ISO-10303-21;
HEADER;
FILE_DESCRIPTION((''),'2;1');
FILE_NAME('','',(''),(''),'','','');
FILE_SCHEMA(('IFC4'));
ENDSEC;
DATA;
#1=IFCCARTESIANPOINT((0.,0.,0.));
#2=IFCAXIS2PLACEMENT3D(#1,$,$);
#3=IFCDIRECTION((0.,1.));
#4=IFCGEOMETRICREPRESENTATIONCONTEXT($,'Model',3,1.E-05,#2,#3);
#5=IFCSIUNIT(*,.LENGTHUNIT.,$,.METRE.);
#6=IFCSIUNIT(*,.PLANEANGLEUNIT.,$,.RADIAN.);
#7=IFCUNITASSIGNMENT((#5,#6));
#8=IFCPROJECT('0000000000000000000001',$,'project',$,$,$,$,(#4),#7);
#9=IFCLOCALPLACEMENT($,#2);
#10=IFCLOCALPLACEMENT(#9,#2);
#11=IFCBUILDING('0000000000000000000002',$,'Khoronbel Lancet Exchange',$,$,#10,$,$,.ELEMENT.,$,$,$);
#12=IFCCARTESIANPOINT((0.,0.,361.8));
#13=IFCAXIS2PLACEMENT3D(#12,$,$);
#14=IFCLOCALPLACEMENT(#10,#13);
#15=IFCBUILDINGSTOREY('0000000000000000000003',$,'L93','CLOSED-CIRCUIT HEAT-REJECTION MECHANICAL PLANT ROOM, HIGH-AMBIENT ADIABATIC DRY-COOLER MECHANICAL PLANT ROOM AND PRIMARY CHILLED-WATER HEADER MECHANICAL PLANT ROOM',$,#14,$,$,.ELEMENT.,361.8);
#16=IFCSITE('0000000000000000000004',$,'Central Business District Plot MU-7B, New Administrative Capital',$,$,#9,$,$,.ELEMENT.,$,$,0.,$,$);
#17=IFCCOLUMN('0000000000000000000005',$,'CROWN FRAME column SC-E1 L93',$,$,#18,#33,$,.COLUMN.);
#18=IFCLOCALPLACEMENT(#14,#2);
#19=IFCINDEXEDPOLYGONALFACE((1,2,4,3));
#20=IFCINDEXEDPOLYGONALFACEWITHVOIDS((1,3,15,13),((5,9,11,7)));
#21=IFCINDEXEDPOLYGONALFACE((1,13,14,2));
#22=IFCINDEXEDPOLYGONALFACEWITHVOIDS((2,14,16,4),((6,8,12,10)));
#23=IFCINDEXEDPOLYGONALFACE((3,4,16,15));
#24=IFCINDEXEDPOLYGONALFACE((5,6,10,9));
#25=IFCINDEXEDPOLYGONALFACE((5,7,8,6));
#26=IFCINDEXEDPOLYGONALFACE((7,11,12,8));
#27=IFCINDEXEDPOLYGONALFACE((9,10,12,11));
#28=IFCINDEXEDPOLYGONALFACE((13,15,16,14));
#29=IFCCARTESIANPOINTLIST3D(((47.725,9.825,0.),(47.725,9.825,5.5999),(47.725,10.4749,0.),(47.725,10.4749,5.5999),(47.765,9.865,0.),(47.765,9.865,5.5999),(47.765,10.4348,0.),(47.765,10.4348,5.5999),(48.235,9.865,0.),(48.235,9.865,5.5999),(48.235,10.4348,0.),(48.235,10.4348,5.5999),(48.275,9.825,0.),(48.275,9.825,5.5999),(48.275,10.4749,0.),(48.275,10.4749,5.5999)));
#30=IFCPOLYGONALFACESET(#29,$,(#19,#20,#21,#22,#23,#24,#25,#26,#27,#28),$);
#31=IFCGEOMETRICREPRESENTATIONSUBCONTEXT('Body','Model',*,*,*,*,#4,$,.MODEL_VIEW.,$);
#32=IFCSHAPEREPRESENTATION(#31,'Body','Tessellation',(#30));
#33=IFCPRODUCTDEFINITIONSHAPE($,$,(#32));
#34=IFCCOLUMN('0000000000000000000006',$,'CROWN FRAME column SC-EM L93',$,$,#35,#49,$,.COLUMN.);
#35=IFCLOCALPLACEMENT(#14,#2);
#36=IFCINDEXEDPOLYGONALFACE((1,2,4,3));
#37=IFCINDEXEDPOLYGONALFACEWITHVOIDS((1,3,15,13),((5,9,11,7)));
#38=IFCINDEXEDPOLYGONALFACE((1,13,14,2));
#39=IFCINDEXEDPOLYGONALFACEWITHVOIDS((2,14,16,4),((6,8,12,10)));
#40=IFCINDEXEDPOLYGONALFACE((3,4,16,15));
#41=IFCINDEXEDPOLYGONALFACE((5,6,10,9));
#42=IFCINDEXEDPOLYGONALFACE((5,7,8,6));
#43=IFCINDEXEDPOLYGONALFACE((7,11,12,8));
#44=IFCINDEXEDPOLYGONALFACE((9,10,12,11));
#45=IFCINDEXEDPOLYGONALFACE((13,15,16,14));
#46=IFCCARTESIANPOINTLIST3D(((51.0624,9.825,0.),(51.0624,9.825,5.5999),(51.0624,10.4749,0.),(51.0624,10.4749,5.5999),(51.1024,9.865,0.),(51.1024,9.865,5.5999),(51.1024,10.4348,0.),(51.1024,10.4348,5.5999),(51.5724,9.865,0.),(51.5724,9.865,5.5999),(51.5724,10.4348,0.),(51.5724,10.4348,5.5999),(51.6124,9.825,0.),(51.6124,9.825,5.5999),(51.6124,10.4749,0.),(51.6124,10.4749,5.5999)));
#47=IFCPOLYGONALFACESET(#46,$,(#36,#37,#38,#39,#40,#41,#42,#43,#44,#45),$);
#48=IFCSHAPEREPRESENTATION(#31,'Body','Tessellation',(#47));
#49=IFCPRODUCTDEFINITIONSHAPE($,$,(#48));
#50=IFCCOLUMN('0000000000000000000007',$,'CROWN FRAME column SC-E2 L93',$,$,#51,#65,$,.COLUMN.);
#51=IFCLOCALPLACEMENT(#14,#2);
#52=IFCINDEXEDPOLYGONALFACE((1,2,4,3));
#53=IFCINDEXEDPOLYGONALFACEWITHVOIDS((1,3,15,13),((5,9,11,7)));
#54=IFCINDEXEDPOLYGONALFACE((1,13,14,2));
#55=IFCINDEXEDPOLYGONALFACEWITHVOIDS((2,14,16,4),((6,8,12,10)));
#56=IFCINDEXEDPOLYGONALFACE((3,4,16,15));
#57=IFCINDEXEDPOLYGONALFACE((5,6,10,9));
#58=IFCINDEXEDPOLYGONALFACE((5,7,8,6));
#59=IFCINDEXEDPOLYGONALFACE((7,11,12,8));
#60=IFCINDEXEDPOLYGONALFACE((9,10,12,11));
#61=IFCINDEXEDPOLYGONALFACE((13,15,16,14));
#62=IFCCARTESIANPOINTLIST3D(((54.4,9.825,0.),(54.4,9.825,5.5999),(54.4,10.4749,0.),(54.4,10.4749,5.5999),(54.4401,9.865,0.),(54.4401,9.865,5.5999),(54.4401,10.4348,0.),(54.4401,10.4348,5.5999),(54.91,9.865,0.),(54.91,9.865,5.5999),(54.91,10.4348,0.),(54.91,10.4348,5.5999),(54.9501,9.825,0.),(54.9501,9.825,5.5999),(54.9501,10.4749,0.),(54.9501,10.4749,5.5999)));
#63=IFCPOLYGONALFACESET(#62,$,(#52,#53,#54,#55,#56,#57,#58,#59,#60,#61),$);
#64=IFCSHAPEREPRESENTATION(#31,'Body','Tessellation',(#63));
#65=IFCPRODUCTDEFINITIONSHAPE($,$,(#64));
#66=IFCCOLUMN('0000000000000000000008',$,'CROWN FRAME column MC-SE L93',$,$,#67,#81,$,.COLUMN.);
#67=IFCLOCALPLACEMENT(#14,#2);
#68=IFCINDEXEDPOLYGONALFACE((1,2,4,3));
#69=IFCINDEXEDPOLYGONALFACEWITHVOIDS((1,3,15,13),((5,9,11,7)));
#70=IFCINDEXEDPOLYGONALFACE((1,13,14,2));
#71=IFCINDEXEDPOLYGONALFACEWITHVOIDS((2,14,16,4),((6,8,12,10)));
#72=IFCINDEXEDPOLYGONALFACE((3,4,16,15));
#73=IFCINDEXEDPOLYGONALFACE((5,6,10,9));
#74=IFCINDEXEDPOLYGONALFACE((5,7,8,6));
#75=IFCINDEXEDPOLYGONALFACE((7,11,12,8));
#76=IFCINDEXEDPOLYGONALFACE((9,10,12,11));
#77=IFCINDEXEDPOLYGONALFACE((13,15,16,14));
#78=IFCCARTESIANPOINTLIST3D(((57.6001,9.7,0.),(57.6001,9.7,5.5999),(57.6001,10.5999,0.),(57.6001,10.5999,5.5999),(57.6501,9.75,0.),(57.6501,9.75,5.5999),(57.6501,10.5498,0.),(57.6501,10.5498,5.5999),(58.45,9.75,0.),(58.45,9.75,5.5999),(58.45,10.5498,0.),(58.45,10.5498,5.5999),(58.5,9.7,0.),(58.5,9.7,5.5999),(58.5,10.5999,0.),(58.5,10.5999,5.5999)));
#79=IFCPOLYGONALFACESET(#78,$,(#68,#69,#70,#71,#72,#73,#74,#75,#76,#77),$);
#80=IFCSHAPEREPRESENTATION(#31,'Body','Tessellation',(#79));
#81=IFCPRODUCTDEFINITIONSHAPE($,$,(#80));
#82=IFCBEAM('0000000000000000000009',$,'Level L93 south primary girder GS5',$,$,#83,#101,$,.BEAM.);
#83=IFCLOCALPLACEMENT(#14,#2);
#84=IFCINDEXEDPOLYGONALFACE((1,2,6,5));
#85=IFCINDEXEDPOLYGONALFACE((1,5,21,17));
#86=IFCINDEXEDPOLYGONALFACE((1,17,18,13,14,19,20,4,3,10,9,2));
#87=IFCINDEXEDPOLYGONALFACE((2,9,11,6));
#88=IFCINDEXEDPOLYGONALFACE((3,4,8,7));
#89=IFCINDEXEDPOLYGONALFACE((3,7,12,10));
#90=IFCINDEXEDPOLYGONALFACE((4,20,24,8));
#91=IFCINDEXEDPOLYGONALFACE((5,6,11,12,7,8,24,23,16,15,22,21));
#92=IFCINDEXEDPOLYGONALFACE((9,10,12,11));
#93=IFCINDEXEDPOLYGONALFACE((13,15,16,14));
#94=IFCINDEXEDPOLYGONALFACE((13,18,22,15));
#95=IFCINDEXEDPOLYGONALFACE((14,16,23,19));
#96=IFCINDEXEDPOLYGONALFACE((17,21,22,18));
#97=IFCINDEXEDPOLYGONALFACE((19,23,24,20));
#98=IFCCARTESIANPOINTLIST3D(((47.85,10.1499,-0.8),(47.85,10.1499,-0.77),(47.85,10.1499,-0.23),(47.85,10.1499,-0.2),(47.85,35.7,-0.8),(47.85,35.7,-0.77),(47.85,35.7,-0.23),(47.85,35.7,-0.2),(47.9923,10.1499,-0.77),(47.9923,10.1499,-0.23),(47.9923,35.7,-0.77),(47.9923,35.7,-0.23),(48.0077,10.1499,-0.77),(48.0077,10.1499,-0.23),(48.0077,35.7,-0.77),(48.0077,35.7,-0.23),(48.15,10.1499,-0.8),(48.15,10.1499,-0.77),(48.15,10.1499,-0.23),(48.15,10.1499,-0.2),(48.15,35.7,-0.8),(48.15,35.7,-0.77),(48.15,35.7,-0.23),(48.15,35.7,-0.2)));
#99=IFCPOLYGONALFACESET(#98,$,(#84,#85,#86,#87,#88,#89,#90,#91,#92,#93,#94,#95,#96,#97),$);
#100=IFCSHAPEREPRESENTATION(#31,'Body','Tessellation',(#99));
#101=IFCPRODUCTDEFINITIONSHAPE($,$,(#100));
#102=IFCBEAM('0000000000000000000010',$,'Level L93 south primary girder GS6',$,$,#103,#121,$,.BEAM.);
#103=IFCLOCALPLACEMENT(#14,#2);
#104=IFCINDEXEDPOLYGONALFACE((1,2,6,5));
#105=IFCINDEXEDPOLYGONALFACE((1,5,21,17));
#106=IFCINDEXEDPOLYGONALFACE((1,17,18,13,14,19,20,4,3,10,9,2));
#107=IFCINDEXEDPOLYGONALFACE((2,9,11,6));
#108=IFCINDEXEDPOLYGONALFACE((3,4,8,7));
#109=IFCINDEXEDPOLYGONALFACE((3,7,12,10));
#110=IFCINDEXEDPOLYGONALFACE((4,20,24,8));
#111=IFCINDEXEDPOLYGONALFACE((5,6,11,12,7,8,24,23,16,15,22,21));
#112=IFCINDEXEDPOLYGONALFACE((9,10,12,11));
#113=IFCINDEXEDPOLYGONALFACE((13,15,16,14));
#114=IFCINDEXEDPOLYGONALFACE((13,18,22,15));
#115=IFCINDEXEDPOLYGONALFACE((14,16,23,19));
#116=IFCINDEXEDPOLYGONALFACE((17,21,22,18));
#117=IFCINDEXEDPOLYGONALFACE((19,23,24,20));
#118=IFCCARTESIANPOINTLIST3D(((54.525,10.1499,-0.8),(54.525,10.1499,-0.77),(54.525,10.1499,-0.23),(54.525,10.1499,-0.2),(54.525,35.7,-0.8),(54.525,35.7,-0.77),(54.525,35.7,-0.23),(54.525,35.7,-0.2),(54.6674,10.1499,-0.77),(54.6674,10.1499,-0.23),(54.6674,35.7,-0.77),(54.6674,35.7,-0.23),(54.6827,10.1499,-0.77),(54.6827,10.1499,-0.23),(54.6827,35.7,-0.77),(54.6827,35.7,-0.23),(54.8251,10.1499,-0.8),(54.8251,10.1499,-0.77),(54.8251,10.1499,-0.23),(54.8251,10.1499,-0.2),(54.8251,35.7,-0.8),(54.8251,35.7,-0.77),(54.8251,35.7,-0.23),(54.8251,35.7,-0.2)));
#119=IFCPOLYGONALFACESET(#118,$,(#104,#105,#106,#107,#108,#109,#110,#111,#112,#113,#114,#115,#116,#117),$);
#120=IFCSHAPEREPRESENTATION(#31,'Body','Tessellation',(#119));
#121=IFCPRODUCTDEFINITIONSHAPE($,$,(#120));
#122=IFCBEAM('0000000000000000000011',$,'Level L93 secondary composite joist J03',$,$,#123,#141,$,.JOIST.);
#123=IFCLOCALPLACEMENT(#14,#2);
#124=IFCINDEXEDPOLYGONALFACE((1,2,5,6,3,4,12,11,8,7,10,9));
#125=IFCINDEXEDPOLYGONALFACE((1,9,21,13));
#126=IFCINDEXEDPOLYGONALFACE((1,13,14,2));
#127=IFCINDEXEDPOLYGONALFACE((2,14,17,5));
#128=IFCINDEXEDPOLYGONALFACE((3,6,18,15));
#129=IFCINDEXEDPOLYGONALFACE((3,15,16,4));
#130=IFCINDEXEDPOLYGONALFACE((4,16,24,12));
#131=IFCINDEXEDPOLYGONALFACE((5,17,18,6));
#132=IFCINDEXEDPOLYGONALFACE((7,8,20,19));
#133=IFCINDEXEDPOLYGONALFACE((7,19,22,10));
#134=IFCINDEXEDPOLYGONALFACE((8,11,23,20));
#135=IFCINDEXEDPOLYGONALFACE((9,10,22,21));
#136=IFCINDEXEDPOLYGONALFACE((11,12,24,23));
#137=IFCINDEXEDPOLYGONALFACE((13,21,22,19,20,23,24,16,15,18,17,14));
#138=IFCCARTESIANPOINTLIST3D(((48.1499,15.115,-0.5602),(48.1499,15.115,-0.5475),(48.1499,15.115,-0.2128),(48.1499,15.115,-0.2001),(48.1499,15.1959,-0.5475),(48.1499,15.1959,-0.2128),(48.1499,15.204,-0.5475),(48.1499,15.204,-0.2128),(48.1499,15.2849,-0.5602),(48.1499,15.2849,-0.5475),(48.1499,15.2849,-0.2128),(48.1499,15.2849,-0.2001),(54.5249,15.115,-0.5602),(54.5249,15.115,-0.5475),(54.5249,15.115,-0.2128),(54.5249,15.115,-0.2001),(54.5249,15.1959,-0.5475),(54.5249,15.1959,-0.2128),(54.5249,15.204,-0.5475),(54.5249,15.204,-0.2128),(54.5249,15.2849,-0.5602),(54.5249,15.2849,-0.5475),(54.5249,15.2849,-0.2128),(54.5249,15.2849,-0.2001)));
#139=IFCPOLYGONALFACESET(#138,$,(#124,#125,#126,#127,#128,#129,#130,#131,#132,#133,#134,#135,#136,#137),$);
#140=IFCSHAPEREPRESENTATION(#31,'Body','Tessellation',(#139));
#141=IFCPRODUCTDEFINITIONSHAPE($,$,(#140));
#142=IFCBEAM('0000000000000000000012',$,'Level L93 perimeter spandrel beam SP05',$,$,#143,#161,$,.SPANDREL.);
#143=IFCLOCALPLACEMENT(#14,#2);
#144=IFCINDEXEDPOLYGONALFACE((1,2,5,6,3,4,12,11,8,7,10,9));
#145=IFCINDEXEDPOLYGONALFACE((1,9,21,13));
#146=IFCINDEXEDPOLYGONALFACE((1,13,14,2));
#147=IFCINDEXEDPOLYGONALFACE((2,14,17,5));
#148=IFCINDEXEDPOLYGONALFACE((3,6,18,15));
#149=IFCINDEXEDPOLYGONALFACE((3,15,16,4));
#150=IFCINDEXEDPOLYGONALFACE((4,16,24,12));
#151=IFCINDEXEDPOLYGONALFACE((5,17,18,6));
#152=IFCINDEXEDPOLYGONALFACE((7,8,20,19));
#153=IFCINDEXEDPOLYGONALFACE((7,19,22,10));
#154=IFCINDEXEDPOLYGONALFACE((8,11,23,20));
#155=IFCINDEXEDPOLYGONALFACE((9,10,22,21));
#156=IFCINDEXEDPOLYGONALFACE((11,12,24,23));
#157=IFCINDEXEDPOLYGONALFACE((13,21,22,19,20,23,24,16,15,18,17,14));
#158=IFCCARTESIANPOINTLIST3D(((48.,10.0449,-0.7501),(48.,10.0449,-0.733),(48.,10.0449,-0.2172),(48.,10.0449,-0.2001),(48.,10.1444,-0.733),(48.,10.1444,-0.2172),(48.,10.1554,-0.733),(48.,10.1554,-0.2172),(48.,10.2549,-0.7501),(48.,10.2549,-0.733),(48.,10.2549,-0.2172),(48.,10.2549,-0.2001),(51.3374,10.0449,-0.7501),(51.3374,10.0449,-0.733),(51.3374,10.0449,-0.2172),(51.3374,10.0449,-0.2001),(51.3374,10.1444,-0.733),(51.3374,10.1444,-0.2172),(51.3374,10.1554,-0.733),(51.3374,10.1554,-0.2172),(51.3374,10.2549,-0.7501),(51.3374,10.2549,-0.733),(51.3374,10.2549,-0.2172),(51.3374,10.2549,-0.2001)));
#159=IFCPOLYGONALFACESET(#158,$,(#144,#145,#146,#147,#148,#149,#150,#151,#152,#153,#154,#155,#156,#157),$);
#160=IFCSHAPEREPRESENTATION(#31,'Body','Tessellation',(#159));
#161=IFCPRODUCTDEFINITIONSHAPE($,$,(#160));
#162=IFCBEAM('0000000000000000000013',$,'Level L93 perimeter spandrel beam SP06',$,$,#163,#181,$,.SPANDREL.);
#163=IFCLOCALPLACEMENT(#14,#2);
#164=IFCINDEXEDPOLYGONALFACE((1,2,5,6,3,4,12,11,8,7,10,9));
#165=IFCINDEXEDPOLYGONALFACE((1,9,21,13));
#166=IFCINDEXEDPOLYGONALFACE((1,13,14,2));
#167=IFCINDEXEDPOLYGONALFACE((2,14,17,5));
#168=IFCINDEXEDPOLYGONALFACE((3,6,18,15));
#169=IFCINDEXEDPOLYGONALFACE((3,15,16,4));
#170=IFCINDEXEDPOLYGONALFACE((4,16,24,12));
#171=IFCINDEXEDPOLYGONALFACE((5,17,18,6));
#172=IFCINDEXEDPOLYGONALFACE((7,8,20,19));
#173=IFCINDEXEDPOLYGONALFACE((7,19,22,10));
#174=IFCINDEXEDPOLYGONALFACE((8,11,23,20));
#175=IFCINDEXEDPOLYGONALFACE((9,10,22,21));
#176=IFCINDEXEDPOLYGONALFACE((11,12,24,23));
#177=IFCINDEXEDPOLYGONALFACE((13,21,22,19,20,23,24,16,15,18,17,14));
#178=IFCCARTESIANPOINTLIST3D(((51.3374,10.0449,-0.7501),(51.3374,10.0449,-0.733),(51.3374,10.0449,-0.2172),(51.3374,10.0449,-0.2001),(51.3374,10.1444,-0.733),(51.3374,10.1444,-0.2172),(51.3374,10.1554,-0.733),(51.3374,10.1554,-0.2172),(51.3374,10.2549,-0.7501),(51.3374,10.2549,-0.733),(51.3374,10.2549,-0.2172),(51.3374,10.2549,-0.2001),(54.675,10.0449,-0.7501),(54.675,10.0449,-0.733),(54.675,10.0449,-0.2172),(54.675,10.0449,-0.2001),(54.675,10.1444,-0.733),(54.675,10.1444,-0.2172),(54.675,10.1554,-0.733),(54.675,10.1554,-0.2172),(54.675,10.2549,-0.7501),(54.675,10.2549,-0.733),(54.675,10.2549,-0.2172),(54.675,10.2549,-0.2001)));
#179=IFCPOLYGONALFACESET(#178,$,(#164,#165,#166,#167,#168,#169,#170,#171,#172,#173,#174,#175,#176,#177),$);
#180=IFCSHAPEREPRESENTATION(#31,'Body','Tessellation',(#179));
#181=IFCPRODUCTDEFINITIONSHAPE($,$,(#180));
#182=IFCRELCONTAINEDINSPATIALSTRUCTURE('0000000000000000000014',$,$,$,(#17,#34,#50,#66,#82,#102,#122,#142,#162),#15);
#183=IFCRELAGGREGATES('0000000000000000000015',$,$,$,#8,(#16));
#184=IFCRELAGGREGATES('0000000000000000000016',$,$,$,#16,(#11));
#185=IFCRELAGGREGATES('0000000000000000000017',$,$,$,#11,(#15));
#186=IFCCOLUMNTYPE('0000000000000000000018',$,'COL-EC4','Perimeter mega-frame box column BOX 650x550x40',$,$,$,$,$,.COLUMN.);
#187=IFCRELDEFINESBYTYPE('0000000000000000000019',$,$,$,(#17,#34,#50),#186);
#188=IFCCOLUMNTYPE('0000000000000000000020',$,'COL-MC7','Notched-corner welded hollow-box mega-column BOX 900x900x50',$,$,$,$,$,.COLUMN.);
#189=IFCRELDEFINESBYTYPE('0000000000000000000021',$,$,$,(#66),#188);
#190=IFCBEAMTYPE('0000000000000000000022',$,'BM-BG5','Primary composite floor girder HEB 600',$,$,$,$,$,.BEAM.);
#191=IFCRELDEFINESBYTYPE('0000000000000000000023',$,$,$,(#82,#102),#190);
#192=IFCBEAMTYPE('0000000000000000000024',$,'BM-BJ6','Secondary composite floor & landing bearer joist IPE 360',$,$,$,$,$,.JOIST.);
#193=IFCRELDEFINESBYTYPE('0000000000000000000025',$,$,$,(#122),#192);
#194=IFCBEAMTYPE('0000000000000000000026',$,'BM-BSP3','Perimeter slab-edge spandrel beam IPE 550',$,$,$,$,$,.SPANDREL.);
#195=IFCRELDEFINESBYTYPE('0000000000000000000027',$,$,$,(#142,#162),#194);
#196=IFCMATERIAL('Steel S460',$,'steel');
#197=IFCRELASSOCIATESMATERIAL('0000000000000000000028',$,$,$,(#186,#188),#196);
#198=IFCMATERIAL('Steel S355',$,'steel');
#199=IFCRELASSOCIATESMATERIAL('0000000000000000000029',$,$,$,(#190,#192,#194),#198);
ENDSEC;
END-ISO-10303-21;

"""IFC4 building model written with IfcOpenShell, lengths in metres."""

from ifc_helpers import new_model, si_unit, direction, frame, origin, origin_2d, place, context, subcontext, project, spatial, hollow_rectangle, i_section, extrude, material, material_profile, profile_set, type_object, element, save


model = new_model("IFC4")

# Units and contexts
model_context = context("Model", 3, precision=1e-05, world=origin(), true_north=direction((0.0, 1.0)))
body_context = subcontext(model_context, "Body", "Model", "MODEL_VIEW")
ifc_project = project(units=[si_unit("LENGTHUNIT", "METRE"), si_unit("PLANEANGLEUNIT", "RADIAN")], contexts=[model_context])

# Site, building, storey
site_placement = place(None, origin())
site = spatial("IfcSite", under=ifc_project, at=site_placement, Name="Central Business District Plot MU-7B, New Administrative Capital", CompositionType="ELEMENT", RefElevation=0.0)
building_placement = place(site_placement, origin())
building = spatial("IfcBuilding", under=site, at=building_placement, Name="Khoronbel Lancet Exchange", CompositionType="ELEMENT")
storey_placement = place(building_placement, frame((0.0, 0.0, 361.8)))
storey = spatial("IfcBuildingStorey", under=building, at=storey_placement, Name="L93", Description="CLOSED-CIRCUIT HEAT-REJECTION MECHANICAL PLANT ROOM, HIGH-AMBIENT ADIABATIC DRY-COOLER MECHANICAL PLANT ROOM AND PRIMARY CHILLED-WATER HEADER MECHANICAL PLANT ROOM", CompositionType="ELEMENT", Elevation=361.8)

# Columns
ifc_material_1 = material(Name="Steel S460", Category="steel")
ifc_material_profile_1 = material_profile(ifc_material_1, hollow_rectangle(XDim=0.55, YDim=0.6499, WallThickness=0.04, at=origin_2d()), Name="BOX 650x550x40")
ifc_profile_set_1 = profile_set([ifc_material_profile_1], Name="Steel S460")
column_type_1 = type_object("IfcColumnType", Name="COL-EC4", Description="Perimeter mega-frame box column BOX 650x550x40", PredefinedType="COLUMN", material=ifc_profile_set_1)
for number, where, z_axis, x_axis, name in (
    (1, (48.0, 10.1499, 0.0), (0.0, 0.0, 1.0), (1.0, 0.0, 0.0), "CROWN FRAME column SC-E1 L93"),
    (2, (51.3374, 10.1499, 0.0), (0.0, 0.0, 1.0), (1.0, 0.0, 0.0), "CROWN FRAME column SC-EM L93"),
    (3, (54.675, 10.1499, 0.0), (0.0, 0.0, 1.0), (1.0, 0.0, 0.0), "CROWN FRAME column SC-E2 L93"),
):
    element("IfcColumn", number, at=place(storey_placement, frame(where, z_axis=z_axis, x_axis=x_axis)), inside=storey, type_object=column_type_1, Name=name, PredefinedType="COLUMN", context=body_context, shape_type="SweptSolid", body=[
        extrude(hollow_rectangle(XDim=0.55, YDim=0.6499, WallThickness=0.04, at=origin_2d()), origin(), (0.0, 0.0, 1.0), 5.5999),
    ])
ifc_material_profile_2 = material_profile(ifc_material_1, hollow_rectangle(XDim=0.8999, YDim=0.8999, WallThickness=0.05, at=origin_2d()), Name="BOX 900x900x50")
ifc_profile_set_2 = profile_set([ifc_material_profile_2], Name="Steel S460")
column_type_2 = type_object("IfcColumnType", Name="COL-MC7", Description="Notched-corner welded hollow-box mega-column BOX 900x900x50", PredefinedType="COLUMN", material=ifc_profile_set_2)
column_placement = place(storey_placement, frame((58.05, 10.1499, 0.0), z_axis=(0.0, 0.0, 1.0), x_axis=(1.0, 0.0, 0.0)))
element("IfcColumn", 4, at=column_placement, inside=storey, type_object=column_type_2, Name="CROWN FRAME column MC-SE L93", PredefinedType="COLUMN", context=body_context, shape_type="SweptSolid", body=[
    extrude(hollow_rectangle(XDim=0.8999, YDim=0.8999, WallThickness=0.05, at=origin_2d()), origin(), (0.0, 0.0, 1.0), 5.5999),
])

# Beams
ifc_material_2 = material(Name="Steel S355", Category="steel")
ifc_material_profile_3 = material_profile(ifc_material_2, i_section(OverallWidth=0.3, OverallDepth=0.6001, WebThickness=0.0154, FlangeThickness=0.03, at=origin_2d()), Name="HEB 600")
ifc_profile_set_3 = profile_set([ifc_material_profile_3], Name="Steel S355")
beam_type_1 = type_object("IfcBeamType", Name="BM-BG5", Description="Primary composite floor girder HEB 600", PredefinedType="BEAM", material=ifc_profile_set_3)
for number, where, z_axis, x_axis, name in (
    (5, (48.0, 10.1499, -0.5), (0.0, 1.0, 0.0), (-1.0, 0.0, 0.0), "Level L93 south primary girder GS5"),
    (6, (54.675, 10.1499, -0.5), (0.0, 1.0, 0.0), (-1.0, 0.0, 0.0), "Level L93 south primary girder GS6"),
):
    element("IfcBeam", number, at=place(storey_placement, frame(where, z_axis=z_axis, x_axis=x_axis)), inside=storey, type_object=beam_type_1, Name=name, PredefinedType="BEAM", context=body_context, shape_type="SweptSolid", body=[
        extrude(i_section(OverallWidth=0.3, OverallDepth=0.6001, WebThickness=0.0154, FlangeThickness=0.03, at=origin_2d()), origin(), (0.0, 0.0, 1.0), 25.55),
    ])
ifc_material_profile_4 = material_profile(ifc_material_2, i_section(OverallWidth=0.1699, OverallDepth=0.3601, WebThickness=0.0081, FlangeThickness=0.0127, at=origin_2d()), Name="IPE 360")
ifc_profile_set_4 = profile_set([ifc_material_profile_4], Name="Steel S355")
beam_type_2 = type_object("IfcBeamType", Name="BM-BJ6", Description="Secondary composite floor & landing bearer joist IPE 360", PredefinedType="JOIST", material=ifc_profile_set_4)
beam_1_placement = place(storey_placement, frame((48.1499, 15.2, -0.3801), z_axis=(1.0, 0.0, 0.0), x_axis=(0.0, 1.0, 0.0)))
element("IfcBeam", 7, at=beam_1_placement, inside=storey, type_object=beam_type_2, Name="Level L93 secondary composite joist J03", PredefinedType="JOIST", context=body_context, shape_type="SweptSolid", body=[
    extrude(i_section(OverallWidth=0.1699, OverallDepth=0.3601, WebThickness=0.0081, FlangeThickness=0.0127, at=origin_2d()), origin(), (0.0, 0.0, 1.0), 6.375),
])
ifc_material_profile_5 = material_profile(ifc_material_2, i_section(OverallWidth=0.21, OverallDepth=0.55, WebThickness=0.011, FlangeThickness=0.0171, at=origin_2d()), Name="IPE 550")
ifc_profile_set_5 = profile_set([ifc_material_profile_5], Name="Steel S355")
beam_type_3 = type_object("IfcBeamType", Name="BM-BSP3", Description="Perimeter slab-edge spandrel beam IPE 550", PredefinedType="SPANDREL", material=ifc_profile_set_5)
beam_2_placement = place(storey_placement, frame((48.0, 10.1499, -0.4751), z_axis=(1.0, 0.0, 0.0), x_axis=(0.0, 1.0, 0.0)))
element("IfcBeam", 8, at=beam_2_placement, inside=storey, type_object=beam_type_3, Name="Level L93 perimeter spandrel beam SP05", PredefinedType="SPANDREL", context=body_context, shape_type="SweptSolid", body=[
    extrude(i_section(OverallWidth=0.21, OverallDepth=0.55, WebThickness=0.011, FlangeThickness=0.0171, at=origin_2d()), origin(), (0.0, 0.0, 1.0), 3.3374),
])
beam_3_placement = place(storey_placement, frame((51.3374, 10.1499, -0.4751), z_axis=(1.0, 0.0, 0.0), x_axis=(0.0, 1.0, 0.0)))
element("IfcBeam", 9, at=beam_3_placement, inside=storey, type_object=beam_type_3, Name="Level L93 perimeter spandrel beam SP06", PredefinedType="SPANDREL", context=body_context, shape_type="SweptSolid", body=[
    extrude(i_section(OverallWidth=0.21, OverallDepth=0.55, WebThickness=0.011, FlangeThickness=0.0171, at=origin_2d()), origin(), (0.0, 0.0, 1.0), 3.3376),
])

save(model, "model.ifc")
